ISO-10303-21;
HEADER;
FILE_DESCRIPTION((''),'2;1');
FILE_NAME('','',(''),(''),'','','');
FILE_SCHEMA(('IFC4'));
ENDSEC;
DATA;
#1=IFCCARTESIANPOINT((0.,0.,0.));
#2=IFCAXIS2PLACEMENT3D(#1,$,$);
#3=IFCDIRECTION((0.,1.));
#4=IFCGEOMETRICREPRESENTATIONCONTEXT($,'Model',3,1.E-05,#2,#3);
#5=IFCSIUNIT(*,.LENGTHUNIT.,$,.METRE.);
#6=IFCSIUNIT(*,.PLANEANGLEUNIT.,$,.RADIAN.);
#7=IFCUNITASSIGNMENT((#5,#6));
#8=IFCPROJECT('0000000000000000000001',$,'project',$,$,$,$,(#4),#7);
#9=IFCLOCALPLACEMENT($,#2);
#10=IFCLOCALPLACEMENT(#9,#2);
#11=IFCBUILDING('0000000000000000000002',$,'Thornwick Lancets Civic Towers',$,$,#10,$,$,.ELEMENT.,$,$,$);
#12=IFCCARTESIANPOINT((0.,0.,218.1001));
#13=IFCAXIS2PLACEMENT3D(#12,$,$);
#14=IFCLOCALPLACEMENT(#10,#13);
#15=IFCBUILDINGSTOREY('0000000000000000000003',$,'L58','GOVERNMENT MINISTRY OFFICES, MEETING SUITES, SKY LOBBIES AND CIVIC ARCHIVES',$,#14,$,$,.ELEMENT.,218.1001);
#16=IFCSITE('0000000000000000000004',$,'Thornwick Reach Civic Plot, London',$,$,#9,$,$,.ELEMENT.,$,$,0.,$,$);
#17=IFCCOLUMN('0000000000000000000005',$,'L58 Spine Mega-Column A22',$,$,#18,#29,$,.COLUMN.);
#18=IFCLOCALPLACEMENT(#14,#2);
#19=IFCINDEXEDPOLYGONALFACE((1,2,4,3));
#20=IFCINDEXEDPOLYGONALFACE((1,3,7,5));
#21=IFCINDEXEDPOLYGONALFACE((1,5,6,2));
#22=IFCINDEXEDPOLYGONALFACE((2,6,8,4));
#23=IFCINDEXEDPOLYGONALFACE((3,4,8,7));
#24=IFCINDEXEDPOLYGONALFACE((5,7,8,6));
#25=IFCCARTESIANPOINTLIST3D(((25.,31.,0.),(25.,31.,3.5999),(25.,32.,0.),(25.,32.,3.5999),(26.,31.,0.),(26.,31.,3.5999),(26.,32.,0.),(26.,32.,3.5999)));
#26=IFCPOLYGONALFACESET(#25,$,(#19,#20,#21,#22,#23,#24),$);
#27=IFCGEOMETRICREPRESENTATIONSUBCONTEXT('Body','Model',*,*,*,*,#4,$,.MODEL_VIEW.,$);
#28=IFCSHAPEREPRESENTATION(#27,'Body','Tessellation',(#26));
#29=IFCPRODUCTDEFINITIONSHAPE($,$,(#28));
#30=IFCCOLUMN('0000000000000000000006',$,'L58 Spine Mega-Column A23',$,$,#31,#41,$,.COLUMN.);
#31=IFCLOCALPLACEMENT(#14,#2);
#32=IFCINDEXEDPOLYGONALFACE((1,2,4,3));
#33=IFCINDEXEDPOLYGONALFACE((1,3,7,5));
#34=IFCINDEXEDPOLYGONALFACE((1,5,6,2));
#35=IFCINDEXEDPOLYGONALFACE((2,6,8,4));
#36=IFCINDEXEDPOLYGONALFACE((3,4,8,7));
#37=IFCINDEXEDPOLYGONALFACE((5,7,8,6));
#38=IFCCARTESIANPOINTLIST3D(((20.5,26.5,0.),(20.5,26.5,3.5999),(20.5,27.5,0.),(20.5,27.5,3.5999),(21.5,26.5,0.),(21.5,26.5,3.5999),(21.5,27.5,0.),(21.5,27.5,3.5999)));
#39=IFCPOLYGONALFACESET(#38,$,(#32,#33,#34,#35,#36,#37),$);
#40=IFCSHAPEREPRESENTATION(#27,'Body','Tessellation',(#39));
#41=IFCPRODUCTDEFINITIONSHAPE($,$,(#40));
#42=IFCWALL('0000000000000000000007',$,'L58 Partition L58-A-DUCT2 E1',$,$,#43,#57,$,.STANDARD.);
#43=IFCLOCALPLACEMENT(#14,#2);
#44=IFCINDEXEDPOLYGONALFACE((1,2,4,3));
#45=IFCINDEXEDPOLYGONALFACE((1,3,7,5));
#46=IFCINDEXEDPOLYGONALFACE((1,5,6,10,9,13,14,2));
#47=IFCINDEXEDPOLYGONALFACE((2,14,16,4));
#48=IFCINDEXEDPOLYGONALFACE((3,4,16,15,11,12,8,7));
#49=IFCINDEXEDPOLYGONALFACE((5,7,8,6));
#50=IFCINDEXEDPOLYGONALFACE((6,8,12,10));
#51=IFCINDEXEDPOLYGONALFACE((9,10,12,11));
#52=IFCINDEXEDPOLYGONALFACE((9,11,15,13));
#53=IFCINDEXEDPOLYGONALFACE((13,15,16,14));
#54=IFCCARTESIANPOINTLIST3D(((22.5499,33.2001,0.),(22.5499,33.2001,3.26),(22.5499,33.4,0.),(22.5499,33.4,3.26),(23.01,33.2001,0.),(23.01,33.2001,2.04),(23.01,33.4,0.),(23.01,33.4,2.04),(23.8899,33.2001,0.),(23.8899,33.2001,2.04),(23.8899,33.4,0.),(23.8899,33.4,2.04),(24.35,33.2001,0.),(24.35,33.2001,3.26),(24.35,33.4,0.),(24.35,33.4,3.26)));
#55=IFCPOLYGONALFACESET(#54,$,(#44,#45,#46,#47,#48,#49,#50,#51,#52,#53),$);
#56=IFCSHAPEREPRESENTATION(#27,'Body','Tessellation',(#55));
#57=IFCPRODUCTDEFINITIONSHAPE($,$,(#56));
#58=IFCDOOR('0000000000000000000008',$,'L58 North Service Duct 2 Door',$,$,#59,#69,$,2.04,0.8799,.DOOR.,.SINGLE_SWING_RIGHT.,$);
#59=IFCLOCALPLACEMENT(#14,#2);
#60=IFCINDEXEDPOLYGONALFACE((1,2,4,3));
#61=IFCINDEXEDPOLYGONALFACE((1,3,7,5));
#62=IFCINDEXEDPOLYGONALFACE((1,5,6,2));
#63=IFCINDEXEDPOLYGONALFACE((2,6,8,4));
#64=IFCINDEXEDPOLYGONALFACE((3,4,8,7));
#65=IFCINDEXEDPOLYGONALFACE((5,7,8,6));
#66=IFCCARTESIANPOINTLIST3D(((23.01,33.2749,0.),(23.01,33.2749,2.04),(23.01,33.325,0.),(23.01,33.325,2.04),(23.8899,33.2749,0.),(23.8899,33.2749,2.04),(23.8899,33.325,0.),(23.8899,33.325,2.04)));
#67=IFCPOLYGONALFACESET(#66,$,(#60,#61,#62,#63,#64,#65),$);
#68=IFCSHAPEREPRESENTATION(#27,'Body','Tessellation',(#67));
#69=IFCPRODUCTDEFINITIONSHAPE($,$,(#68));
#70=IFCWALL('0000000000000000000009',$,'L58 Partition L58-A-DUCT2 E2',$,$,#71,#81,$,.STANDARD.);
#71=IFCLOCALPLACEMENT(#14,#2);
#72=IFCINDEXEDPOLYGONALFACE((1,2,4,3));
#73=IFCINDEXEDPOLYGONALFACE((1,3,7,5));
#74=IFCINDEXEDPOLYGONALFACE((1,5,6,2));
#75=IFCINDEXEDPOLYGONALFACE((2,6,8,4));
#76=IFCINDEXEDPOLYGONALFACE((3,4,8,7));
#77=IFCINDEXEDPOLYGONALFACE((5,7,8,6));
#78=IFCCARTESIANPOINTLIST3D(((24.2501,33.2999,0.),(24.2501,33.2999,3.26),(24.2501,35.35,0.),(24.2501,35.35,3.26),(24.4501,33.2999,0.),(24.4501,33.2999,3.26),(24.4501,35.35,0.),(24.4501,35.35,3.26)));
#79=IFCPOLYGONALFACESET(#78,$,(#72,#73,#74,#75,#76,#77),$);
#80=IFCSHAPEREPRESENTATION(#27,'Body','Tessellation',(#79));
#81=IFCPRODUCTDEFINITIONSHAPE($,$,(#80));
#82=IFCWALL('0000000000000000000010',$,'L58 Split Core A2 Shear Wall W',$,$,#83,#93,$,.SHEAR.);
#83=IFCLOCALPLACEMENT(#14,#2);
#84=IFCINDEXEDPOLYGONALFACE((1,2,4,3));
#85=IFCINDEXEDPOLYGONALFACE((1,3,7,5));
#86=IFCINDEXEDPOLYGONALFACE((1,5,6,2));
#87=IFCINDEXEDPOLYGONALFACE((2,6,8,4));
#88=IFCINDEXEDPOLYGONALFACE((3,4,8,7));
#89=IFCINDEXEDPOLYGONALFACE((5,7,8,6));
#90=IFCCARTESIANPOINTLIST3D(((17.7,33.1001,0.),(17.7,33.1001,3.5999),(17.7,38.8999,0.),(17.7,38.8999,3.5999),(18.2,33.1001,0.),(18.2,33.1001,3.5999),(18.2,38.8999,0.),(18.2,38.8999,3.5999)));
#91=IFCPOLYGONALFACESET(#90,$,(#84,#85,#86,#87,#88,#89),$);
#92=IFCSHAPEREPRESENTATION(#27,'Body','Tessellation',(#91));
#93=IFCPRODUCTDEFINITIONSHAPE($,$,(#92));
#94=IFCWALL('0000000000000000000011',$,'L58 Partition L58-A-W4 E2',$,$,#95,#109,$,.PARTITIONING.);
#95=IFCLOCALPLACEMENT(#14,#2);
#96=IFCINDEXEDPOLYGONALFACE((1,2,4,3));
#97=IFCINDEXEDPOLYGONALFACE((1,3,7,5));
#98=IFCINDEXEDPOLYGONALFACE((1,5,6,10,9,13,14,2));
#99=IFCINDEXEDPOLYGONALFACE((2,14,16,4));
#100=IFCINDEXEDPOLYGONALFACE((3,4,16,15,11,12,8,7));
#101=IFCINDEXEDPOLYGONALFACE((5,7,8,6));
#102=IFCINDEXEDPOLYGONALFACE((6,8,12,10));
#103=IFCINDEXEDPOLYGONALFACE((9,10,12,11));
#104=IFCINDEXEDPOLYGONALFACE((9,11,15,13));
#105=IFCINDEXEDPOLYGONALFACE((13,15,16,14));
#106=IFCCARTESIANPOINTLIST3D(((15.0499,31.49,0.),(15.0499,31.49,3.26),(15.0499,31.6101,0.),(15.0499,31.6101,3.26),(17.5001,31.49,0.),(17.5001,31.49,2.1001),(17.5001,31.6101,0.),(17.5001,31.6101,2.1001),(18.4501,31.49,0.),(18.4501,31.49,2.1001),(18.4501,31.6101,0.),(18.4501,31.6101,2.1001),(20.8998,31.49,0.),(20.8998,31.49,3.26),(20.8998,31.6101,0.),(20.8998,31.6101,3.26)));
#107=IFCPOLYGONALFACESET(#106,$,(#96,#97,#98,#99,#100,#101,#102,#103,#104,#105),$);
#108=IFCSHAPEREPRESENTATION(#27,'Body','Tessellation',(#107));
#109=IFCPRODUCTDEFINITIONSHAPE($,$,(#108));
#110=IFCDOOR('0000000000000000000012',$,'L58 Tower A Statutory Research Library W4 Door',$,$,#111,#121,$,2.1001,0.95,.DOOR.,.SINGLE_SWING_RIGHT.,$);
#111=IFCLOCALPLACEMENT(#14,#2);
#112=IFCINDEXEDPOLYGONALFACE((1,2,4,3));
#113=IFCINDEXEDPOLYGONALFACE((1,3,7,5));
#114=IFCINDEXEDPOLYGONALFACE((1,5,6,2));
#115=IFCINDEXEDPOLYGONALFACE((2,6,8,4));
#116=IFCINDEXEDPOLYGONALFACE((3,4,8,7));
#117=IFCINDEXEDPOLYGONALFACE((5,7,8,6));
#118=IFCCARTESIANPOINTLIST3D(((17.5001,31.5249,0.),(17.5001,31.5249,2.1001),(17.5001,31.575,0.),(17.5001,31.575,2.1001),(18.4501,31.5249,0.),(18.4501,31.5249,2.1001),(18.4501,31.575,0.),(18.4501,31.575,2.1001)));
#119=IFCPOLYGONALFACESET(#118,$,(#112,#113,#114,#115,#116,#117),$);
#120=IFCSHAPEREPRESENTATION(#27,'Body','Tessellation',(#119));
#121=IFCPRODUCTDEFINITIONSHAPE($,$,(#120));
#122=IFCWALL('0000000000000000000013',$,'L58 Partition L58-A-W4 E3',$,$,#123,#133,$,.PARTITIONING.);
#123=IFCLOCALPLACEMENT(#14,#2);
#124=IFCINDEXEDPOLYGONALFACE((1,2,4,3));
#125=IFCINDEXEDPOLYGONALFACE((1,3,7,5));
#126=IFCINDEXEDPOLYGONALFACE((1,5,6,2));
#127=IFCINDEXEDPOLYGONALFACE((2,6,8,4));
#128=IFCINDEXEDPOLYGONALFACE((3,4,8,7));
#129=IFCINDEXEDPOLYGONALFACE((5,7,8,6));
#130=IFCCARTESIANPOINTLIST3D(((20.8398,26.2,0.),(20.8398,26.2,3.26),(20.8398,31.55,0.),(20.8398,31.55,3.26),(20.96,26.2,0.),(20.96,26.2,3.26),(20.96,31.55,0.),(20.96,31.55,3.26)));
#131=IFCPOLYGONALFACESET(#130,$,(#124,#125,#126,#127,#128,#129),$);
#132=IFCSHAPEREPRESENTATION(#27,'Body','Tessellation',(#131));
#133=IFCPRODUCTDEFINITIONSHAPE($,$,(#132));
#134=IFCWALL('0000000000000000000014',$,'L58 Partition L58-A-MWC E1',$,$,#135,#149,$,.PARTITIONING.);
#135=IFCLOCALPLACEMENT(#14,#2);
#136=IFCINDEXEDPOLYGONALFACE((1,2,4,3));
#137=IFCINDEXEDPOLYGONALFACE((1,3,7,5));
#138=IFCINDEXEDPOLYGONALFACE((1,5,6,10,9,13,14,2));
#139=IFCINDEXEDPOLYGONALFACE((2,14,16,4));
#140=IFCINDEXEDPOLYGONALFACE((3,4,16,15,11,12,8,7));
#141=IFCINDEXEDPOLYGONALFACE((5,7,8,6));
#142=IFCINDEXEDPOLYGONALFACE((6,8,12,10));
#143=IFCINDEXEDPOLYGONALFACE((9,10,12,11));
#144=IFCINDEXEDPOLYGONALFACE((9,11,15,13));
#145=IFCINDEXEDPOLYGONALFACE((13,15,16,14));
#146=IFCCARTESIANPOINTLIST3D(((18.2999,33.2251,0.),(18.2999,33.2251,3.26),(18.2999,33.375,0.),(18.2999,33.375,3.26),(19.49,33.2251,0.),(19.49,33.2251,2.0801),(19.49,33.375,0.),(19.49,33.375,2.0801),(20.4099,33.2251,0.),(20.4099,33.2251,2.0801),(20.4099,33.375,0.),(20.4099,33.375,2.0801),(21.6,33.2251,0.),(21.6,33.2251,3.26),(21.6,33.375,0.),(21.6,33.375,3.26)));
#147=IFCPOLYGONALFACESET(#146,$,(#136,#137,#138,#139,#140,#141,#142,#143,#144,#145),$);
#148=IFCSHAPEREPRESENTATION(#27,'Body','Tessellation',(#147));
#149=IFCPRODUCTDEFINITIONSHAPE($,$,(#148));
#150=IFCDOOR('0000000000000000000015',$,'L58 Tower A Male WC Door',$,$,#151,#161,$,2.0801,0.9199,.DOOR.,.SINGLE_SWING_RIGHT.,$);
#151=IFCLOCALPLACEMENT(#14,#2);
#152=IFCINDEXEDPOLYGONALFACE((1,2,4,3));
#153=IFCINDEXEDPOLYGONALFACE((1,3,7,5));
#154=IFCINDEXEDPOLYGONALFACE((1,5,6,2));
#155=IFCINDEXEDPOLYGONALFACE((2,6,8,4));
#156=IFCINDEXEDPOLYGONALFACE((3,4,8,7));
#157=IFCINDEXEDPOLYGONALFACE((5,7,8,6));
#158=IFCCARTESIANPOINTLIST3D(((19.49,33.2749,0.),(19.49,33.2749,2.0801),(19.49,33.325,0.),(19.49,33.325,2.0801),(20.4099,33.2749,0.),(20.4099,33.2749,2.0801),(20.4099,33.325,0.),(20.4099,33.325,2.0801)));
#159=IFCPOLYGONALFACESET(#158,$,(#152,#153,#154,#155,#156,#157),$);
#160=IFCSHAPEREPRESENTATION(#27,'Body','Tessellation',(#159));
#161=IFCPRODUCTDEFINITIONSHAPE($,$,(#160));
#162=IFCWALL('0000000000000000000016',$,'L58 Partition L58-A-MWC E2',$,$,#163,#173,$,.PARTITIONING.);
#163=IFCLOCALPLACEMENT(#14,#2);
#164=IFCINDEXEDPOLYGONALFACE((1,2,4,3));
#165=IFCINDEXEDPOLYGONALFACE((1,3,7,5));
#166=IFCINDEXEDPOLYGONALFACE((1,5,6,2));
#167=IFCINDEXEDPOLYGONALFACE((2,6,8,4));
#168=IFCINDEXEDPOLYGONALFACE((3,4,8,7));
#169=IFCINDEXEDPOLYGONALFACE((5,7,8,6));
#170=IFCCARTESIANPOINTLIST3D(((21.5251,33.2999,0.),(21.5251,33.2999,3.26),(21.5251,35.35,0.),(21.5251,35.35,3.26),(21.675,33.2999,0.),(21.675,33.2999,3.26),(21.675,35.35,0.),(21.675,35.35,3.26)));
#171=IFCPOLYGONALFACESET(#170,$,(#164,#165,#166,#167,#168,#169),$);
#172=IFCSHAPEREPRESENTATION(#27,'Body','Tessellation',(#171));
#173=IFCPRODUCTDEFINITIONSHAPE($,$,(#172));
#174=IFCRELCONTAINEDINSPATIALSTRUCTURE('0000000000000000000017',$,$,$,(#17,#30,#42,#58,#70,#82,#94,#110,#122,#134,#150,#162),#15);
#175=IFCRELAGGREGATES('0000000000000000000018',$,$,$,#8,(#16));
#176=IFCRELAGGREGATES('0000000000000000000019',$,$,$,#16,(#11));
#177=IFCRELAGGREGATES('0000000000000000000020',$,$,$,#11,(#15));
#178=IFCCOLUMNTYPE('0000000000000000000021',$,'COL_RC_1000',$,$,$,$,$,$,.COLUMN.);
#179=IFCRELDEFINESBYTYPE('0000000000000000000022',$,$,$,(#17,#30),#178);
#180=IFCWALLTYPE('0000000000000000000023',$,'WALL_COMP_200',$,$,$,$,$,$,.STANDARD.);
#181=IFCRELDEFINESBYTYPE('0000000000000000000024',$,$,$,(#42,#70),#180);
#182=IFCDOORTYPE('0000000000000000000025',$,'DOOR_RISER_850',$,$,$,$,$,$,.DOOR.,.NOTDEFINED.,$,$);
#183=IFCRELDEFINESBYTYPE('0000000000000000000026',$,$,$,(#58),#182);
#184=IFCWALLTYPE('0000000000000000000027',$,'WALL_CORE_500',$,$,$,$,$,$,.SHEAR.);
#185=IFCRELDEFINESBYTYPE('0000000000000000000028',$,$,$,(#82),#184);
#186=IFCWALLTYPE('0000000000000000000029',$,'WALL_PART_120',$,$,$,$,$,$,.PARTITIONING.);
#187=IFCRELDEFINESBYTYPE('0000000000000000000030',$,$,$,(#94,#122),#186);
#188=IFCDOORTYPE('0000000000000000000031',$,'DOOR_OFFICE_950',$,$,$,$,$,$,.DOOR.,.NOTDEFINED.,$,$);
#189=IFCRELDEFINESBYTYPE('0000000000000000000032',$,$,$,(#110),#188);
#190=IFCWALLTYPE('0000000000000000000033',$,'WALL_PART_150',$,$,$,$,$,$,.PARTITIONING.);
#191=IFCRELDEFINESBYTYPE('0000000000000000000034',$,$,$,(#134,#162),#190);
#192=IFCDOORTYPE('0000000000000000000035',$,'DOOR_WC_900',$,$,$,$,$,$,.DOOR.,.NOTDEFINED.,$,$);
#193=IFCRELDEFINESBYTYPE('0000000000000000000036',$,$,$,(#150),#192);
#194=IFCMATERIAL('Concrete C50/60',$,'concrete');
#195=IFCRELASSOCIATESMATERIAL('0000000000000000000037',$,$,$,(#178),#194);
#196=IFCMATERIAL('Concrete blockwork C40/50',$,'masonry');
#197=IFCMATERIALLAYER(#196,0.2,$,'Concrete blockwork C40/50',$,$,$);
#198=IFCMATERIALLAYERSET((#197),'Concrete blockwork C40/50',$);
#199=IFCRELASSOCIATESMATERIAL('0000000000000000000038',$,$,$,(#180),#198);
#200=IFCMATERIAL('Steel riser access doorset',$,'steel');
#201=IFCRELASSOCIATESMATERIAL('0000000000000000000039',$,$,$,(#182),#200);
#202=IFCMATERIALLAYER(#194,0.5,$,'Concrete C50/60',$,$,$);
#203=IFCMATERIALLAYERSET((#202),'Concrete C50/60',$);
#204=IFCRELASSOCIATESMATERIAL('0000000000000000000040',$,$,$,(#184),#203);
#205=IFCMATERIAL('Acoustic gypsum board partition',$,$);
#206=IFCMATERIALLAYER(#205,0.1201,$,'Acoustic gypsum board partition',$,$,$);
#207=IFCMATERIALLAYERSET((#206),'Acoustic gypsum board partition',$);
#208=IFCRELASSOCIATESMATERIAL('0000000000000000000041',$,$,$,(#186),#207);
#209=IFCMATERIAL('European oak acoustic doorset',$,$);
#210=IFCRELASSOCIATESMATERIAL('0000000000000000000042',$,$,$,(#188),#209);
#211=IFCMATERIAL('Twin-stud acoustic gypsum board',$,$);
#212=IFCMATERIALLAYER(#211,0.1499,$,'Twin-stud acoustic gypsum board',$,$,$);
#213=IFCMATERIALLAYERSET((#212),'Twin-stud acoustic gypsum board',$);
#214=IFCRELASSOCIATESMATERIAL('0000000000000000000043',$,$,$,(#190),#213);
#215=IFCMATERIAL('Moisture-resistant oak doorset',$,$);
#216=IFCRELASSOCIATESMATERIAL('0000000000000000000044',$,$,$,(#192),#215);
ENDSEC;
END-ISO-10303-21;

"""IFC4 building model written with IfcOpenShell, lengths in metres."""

from ifc_helpers import new_model, si_unit, direction, frame, frame_2d, origin, origin_2d, place, context, subcontext, project, spatial, rectangle, extrude, material, layer, layer_set, material_profile, profile_set, type_object, element, fill, save


model = new_model("IFC4")

# Units and contexts
model_context = context("Model", 3, precision=1e-05, world=origin(), true_north=direction((0.0, 1.0)))
body_context = subcontext(model_context, "Body", "Model", "MODEL_VIEW")
ifc_project = project(units=[si_unit("LENGTHUNIT", "METRE"), si_unit("PLANEANGLEUNIT", "RADIAN")], contexts=[model_context])

# Site, building, storey
site_placement = place(None, origin())
site = spatial("IfcSite", under=ifc_project, at=site_placement, Name="Thornwick Reach Civic Plot, London", CompositionType="ELEMENT", RefElevation=0.0)
building_placement = place(site_placement, origin())
building = spatial("IfcBuilding", under=site, at=building_placement, Name="Thornwick Lancets Civic Towers", CompositionType="ELEMENT")
storey_placement = place(building_placement, frame((0.0, 0.0, 218.1001)))
storey = spatial("IfcBuildingStorey", under=building, at=storey_placement, Name="L58", Description="GOVERNMENT MINISTRY OFFICES, MEETING SUITES, SKY LOBBIES AND CIVIC ARCHIVES", CompositionType="ELEMENT", Elevation=218.1001)

# Columns
ifc_material_1 = material(Name="Concrete C50/60", Category="concrete")
ifc_material_profile = material_profile(ifc_material_1, rectangle(XDim=1.0, YDim=1.0, at=origin_2d()), Name="RC 1000x1000")
ifc_profile_set = profile_set([ifc_material_profile], Name="Concrete C50/60")
column_type = type_object("IfcColumnType", Name="COL_RC_1000", PredefinedType="COLUMN", material=ifc_profile_set)
for number, where, z_axis, x_axis, name in (
    (1, (25.5, 31.5, 0.0), (0.0, 0.0, 1.0), (1.0, 0.0, 0.0), "L58 Spine Mega-Column A22"),
    (2, (21.0, 27.0, 0.0), (0.0, 0.0, 1.0), (1.0, 0.0, 0.0), "L58 Spine Mega-Column A23"),
):
    element("IfcColumn", number, at=place(storey_placement, frame(where, z_axis=z_axis, x_axis=x_axis)), inside=storey, type_object=column_type, Name=name, PredefinedType="COLUMN", context=body_context, shape_type="SweptSolid", body=[
        extrude(rectangle(XDim=1.0, YDim=1.0, at=origin_2d()), origin(), (0.0, 0.0, 1.0), 3.5999),
    ])

# Wall, opening, door
ifc_material_2 = material(Name="Concrete blockwork C40/50", Category="masonry")
ifc_layer_1 = layer(ifc_material_2, 0.2, Name="Concrete blockwork C40/50")
ifc_layer_set_1 = layer_set([ifc_layer_1], Name="Concrete blockwork C40/50")
wall_type_1 = type_object("IfcWallType", Name="WALL_COMP_200", PredefinedType="STANDARD", material=ifc_layer_set_1)
wall_1_placement = place(storey_placement, frame((22.55, 33.3, 0.0), z_axis=(0.0, 0.0, 1.0), x_axis=(1.0, 0.0, 0.0)))
wall_1 = element("IfcWall", 3, at=wall_1_placement, inside=storey, type_object=wall_type_1, Name="L58 Partition L58-A-DUCT2 E1", PredefinedType="STANDARD", context=body_context, shape_type="SweptSolid", body=[
    extrude(rectangle(XDim=1.8, YDim=0.2, at=frame_2d((0.8999, 0.0))), origin(), (0.0, 0.0, 1.0), 3.26),
])
opening_1_placement = place(wall_1_placement, frame((0.46, 0.0, 0.0)))
opening_1 = element("IfcOpeningElement", 4, at=opening_1_placement, cuts=wall_1, PredefinedType="OPENING", context=body_context, shape_type="SweptSolid", body=[
    extrude(rectangle(XDim=0.8799, YDim=2.04, at=frame_2d((0.4399, 1.02))), frame((0.0, 0.1099, 0.0), z_axis=(0.0, -1.0, 0.0), x_axis=(1.0, 0.0, 0.0)), (0.0, 0.0, 1.0), 0.22),
])
ifc_material_3 = material(Name="Steel riser access doorset", Category="steel")
door_type_1 = type_object("IfcDoorType", Name="DOOR_RISER_850", OperationType="NOTDEFINED", PredefinedType="DOOR", material=ifc_material_3)
door_1_placement = place(opening_1_placement, origin())
door_1 = element("IfcDoor", 5, at=door_1_placement, inside=storey, type_object=door_type_1, Name="L58 North Service Duct 2 Door", OperationType="SINGLE_SWING_RIGHT", OverallHeight=2.04, OverallWidth=0.8799, PredefinedType="DOOR", context=body_context, shape_type="SweptSolid", body=[
    extrude(rectangle(XDim=0.8799, YDim=2.04, at=frame_2d((0.4399, 1.02))), frame((0.0, 0.0249, 0.0), z_axis=(0.0, -1.0, 0.0), x_axis=(1.0, 0.0, 0.0)), (0.0, 0.0, 1.0), 0.05),
])
fill(opening_1, door_1)

# Walls
wall_2_placement = place(storey_placement, frame((24.3501, 33.3, 0.0), z_axis=(0.0, 0.0, 1.0), x_axis=(0.0, 1.0, 0.0)))
element("IfcWall", 6, at=wall_2_placement, inside=storey, type_object=wall_type_1, Name="L58 Partition L58-A-DUCT2 E2", PredefinedType="STANDARD", context=body_context, shape_type="SweptSolid", body=[
    extrude(rectangle(XDim=2.05, YDim=0.2, at=frame_2d((1.0249, 0.0))), origin(), (0.0, 0.0, 1.0), 3.26),
])
ifc_layer_2 = layer(ifc_material_1, 0.5, Name="Concrete C50/60")
ifc_layer_set_2 = layer_set([ifc_layer_2], Name="Concrete C50/60")
wall_type_2 = type_object("IfcWallType", Name="WALL_CORE_500", PredefinedType="SHEAR", material=ifc_layer_set_2)
wall_3_placement = place(storey_placement, frame((17.95, 33.1001, 0.0), z_axis=(0.0, 0.0, 1.0), x_axis=(0.0, 1.0, 0.0)))
element("IfcWall", 7, at=wall_3_placement, inside=storey, type_object=wall_type_2, Name="L58 Split Core A2 Shear Wall W", PredefinedType="SHEAR", context=body_context, shape_type="SweptSolid", body=[
    extrude(rectangle(XDim=5.7998, YDim=0.5, at=frame_2d((2.8999, 0.0))), origin(), (0.0, 0.0, 1.0), 3.5999),
])

# Wall, opening, door
ifc_material_4 = material(Name="Acoustic gypsum board partition")
ifc_layer_3 = layer(ifc_material_4, 0.1201, Name="Acoustic gypsum board partition")
ifc_layer_set_3 = layer_set([ifc_layer_3], Name="Acoustic gypsum board partition")
wall_type_3 = type_object("IfcWallType", Name="WALL_PART_120", PredefinedType="PARTITIONING", material=ifc_layer_set_3)
wall_4_placement = place(storey_placement, frame((15.05, 31.55, 0.0), z_axis=(0.0, 0.0, 1.0), x_axis=(1.0, 0.0, 0.0)))
wall_4 = element("IfcWall", 8, at=wall_4_placement, inside=storey, type_object=wall_type_3, Name="L58 Partition L58-A-W4 E2", PredefinedType="PARTITIONING", context=body_context, shape_type="SweptSolid", body=[
    extrude(rectangle(XDim=5.8499, YDim=0.1201, at=frame_2d((2.9248, 0.0))), origin(), (0.0, 0.0, 1.0), 3.26),
])
opening_2_placement = place(wall_4_placement, frame((2.45, 0.0, 0.0)))
opening_2 = element("IfcOpeningElement", 9, at=opening_2_placement, cuts=wall_4, PredefinedType="OPENING", context=body_context, shape_type="SweptSolid", body=[
    extrude(rectangle(XDim=0.95, YDim=2.1001, at=frame_2d((0.4751, 1.05))), frame((0.0, 0.0701, 0.0), z_axis=(0.0, -1.0, 0.0), x_axis=(1.0, 0.0, 0.0)), (0.0, 0.0, 1.0), 0.1401),
])
ifc_material_5 = material(Name="European oak acoustic doorset")
door_type_2 = type_object("IfcDoorType", Name="DOOR_OFFICE_950", OperationType="NOTDEFINED", PredefinedType="DOOR", material=ifc_material_5)
door_2_placement = place(opening_2_placement, origin())
door_2 = element("IfcDoor", 10, at=door_2_placement, inside=storey, type_object=door_type_2, Name="L58 Tower A Statutory Research Library W4 Door", OperationType="SINGLE_SWING_RIGHT", OverallHeight=2.1001, OverallWidth=0.95, PredefinedType="DOOR", context=body_context, shape_type="SweptSolid", body=[
    extrude(rectangle(XDim=0.95, YDim=2.1001, at=frame_2d((0.4751, 1.05))), frame((0.0, 0.0249, 0.0), z_axis=(0.0, -1.0, 0.0), x_axis=(1.0, 0.0, 0.0)), (0.0, 0.0, 1.0), 0.05),
])
fill(opening_2, door_2)

# Wall
wall_5_placement = place(storey_placement, frame((20.8999, 31.55, 0.0), z_axis=(0.0, 0.0, 1.0), x_axis=(0.0, -1.0, 0.0)))
element("IfcWall", 11, at=wall_5_placement, inside=storey, type_object=wall_type_3, Name="L58 Partition L58-A-W4 E3", PredefinedType="PARTITIONING", context=body_context, shape_type="SweptSolid", body=[
    extrude(rectangle(XDim=5.3501, YDim=0.1201, at=frame_2d((2.675, 0.0))), origin(), (0.0, 0.0, 1.0), 3.26),
])

# Wall, opening, door
ifc_material_6 = material(Name="Twin-stud acoustic gypsum board")
ifc_layer_4 = layer(ifc_material_6, 0.1499, Name="Twin-stud acoustic gypsum board")
ifc_layer_set_4 = layer_set([ifc_layer_4], Name="Twin-stud acoustic gypsum board")
wall_type_4 = type_object("IfcWallType", Name="WALL_PART_150", PredefinedType="PARTITIONING", material=ifc_layer_set_4)
wall_6_placement = place(storey_placement, frame((18.3, 33.3, 0.0), z_axis=(0.0, 0.0, 1.0), x_axis=(1.0, 0.0, 0.0)))
wall_6 = element("IfcWall", 12, at=wall_6_placement, inside=storey, type_object=wall_type_4, Name="L58 Partition L58-A-MWC E1", PredefinedType="PARTITIONING", context=body_context, shape_type="SweptSolid", body=[
    extrude(rectangle(XDim=3.3, YDim=0.1499, at=frame_2d((1.6499, 0.0))), origin(), (0.0, 0.0, 1.0), 3.26),
])
opening_3_placement = place(wall_6_placement, frame((1.1899, 0.0, 0.0)))
opening_3 = element("IfcOpeningElement", 13, at=opening_3_placement, cuts=wall_6, PredefinedType="OPENING", context=body_context, shape_type="SweptSolid", body=[
    extrude(rectangle(XDim=0.9199, YDim=2.0801, at=frame_2d((0.46, 1.04))), frame((0.0, 0.085, 0.0), z_axis=(0.0, -1.0, 0.0), x_axis=(1.0, 0.0, 0.0)), (0.0, 0.0, 1.0), 0.1699),
])
ifc_material_7 = material(Name="Moisture-resistant oak doorset")
door_type_3 = type_object("IfcDoorType", Name="DOOR_WC_900", OperationType="NOTDEFINED", PredefinedType="DOOR", material=ifc_material_7)
door_3_placement = place(opening_3_placement, origin())
door_3 = element("IfcDoor", 14, at=door_3_placement, inside=storey, type_object=door_type_3, Name="L58 Tower A Male WC Door", OperationType="SINGLE_SWING_RIGHT", OverallHeight=2.0801, OverallWidth=0.9199, PredefinedType="DOOR", context=body_context, shape_type="SweptSolid", body=[
    extrude(rectangle(XDim=0.9199, YDim=2.0801, at=frame_2d((0.46, 1.04))), frame((0.0, 0.0249, 0.0), z_axis=(0.0, -1.0, 0.0), x_axis=(1.0, 0.0, 0.0)), (0.0, 0.0, 1.0), 0.05),
])
fill(opening_3, door_3)

# Wall
wall_7_placement = place(storey_placement, frame((21.6001, 33.3, 0.0), z_axis=(0.0, 0.0, 1.0), x_axis=(0.0, 1.0, 0.0)))
element("IfcWall", 15, at=wall_7_placement, inside=storey, type_object=wall_type_4, Name="L58 Partition L58-A-MWC E2", PredefinedType="PARTITIONING", context=body_context, shape_type="SweptSolid", body=[
    extrude(rectangle(XDim=2.05, YDim=0.1499, at=frame_2d((1.0249, 0.0))), origin(), (0.0, 0.0, 1.0), 3.26),
])

save(model, "model.ifc")
